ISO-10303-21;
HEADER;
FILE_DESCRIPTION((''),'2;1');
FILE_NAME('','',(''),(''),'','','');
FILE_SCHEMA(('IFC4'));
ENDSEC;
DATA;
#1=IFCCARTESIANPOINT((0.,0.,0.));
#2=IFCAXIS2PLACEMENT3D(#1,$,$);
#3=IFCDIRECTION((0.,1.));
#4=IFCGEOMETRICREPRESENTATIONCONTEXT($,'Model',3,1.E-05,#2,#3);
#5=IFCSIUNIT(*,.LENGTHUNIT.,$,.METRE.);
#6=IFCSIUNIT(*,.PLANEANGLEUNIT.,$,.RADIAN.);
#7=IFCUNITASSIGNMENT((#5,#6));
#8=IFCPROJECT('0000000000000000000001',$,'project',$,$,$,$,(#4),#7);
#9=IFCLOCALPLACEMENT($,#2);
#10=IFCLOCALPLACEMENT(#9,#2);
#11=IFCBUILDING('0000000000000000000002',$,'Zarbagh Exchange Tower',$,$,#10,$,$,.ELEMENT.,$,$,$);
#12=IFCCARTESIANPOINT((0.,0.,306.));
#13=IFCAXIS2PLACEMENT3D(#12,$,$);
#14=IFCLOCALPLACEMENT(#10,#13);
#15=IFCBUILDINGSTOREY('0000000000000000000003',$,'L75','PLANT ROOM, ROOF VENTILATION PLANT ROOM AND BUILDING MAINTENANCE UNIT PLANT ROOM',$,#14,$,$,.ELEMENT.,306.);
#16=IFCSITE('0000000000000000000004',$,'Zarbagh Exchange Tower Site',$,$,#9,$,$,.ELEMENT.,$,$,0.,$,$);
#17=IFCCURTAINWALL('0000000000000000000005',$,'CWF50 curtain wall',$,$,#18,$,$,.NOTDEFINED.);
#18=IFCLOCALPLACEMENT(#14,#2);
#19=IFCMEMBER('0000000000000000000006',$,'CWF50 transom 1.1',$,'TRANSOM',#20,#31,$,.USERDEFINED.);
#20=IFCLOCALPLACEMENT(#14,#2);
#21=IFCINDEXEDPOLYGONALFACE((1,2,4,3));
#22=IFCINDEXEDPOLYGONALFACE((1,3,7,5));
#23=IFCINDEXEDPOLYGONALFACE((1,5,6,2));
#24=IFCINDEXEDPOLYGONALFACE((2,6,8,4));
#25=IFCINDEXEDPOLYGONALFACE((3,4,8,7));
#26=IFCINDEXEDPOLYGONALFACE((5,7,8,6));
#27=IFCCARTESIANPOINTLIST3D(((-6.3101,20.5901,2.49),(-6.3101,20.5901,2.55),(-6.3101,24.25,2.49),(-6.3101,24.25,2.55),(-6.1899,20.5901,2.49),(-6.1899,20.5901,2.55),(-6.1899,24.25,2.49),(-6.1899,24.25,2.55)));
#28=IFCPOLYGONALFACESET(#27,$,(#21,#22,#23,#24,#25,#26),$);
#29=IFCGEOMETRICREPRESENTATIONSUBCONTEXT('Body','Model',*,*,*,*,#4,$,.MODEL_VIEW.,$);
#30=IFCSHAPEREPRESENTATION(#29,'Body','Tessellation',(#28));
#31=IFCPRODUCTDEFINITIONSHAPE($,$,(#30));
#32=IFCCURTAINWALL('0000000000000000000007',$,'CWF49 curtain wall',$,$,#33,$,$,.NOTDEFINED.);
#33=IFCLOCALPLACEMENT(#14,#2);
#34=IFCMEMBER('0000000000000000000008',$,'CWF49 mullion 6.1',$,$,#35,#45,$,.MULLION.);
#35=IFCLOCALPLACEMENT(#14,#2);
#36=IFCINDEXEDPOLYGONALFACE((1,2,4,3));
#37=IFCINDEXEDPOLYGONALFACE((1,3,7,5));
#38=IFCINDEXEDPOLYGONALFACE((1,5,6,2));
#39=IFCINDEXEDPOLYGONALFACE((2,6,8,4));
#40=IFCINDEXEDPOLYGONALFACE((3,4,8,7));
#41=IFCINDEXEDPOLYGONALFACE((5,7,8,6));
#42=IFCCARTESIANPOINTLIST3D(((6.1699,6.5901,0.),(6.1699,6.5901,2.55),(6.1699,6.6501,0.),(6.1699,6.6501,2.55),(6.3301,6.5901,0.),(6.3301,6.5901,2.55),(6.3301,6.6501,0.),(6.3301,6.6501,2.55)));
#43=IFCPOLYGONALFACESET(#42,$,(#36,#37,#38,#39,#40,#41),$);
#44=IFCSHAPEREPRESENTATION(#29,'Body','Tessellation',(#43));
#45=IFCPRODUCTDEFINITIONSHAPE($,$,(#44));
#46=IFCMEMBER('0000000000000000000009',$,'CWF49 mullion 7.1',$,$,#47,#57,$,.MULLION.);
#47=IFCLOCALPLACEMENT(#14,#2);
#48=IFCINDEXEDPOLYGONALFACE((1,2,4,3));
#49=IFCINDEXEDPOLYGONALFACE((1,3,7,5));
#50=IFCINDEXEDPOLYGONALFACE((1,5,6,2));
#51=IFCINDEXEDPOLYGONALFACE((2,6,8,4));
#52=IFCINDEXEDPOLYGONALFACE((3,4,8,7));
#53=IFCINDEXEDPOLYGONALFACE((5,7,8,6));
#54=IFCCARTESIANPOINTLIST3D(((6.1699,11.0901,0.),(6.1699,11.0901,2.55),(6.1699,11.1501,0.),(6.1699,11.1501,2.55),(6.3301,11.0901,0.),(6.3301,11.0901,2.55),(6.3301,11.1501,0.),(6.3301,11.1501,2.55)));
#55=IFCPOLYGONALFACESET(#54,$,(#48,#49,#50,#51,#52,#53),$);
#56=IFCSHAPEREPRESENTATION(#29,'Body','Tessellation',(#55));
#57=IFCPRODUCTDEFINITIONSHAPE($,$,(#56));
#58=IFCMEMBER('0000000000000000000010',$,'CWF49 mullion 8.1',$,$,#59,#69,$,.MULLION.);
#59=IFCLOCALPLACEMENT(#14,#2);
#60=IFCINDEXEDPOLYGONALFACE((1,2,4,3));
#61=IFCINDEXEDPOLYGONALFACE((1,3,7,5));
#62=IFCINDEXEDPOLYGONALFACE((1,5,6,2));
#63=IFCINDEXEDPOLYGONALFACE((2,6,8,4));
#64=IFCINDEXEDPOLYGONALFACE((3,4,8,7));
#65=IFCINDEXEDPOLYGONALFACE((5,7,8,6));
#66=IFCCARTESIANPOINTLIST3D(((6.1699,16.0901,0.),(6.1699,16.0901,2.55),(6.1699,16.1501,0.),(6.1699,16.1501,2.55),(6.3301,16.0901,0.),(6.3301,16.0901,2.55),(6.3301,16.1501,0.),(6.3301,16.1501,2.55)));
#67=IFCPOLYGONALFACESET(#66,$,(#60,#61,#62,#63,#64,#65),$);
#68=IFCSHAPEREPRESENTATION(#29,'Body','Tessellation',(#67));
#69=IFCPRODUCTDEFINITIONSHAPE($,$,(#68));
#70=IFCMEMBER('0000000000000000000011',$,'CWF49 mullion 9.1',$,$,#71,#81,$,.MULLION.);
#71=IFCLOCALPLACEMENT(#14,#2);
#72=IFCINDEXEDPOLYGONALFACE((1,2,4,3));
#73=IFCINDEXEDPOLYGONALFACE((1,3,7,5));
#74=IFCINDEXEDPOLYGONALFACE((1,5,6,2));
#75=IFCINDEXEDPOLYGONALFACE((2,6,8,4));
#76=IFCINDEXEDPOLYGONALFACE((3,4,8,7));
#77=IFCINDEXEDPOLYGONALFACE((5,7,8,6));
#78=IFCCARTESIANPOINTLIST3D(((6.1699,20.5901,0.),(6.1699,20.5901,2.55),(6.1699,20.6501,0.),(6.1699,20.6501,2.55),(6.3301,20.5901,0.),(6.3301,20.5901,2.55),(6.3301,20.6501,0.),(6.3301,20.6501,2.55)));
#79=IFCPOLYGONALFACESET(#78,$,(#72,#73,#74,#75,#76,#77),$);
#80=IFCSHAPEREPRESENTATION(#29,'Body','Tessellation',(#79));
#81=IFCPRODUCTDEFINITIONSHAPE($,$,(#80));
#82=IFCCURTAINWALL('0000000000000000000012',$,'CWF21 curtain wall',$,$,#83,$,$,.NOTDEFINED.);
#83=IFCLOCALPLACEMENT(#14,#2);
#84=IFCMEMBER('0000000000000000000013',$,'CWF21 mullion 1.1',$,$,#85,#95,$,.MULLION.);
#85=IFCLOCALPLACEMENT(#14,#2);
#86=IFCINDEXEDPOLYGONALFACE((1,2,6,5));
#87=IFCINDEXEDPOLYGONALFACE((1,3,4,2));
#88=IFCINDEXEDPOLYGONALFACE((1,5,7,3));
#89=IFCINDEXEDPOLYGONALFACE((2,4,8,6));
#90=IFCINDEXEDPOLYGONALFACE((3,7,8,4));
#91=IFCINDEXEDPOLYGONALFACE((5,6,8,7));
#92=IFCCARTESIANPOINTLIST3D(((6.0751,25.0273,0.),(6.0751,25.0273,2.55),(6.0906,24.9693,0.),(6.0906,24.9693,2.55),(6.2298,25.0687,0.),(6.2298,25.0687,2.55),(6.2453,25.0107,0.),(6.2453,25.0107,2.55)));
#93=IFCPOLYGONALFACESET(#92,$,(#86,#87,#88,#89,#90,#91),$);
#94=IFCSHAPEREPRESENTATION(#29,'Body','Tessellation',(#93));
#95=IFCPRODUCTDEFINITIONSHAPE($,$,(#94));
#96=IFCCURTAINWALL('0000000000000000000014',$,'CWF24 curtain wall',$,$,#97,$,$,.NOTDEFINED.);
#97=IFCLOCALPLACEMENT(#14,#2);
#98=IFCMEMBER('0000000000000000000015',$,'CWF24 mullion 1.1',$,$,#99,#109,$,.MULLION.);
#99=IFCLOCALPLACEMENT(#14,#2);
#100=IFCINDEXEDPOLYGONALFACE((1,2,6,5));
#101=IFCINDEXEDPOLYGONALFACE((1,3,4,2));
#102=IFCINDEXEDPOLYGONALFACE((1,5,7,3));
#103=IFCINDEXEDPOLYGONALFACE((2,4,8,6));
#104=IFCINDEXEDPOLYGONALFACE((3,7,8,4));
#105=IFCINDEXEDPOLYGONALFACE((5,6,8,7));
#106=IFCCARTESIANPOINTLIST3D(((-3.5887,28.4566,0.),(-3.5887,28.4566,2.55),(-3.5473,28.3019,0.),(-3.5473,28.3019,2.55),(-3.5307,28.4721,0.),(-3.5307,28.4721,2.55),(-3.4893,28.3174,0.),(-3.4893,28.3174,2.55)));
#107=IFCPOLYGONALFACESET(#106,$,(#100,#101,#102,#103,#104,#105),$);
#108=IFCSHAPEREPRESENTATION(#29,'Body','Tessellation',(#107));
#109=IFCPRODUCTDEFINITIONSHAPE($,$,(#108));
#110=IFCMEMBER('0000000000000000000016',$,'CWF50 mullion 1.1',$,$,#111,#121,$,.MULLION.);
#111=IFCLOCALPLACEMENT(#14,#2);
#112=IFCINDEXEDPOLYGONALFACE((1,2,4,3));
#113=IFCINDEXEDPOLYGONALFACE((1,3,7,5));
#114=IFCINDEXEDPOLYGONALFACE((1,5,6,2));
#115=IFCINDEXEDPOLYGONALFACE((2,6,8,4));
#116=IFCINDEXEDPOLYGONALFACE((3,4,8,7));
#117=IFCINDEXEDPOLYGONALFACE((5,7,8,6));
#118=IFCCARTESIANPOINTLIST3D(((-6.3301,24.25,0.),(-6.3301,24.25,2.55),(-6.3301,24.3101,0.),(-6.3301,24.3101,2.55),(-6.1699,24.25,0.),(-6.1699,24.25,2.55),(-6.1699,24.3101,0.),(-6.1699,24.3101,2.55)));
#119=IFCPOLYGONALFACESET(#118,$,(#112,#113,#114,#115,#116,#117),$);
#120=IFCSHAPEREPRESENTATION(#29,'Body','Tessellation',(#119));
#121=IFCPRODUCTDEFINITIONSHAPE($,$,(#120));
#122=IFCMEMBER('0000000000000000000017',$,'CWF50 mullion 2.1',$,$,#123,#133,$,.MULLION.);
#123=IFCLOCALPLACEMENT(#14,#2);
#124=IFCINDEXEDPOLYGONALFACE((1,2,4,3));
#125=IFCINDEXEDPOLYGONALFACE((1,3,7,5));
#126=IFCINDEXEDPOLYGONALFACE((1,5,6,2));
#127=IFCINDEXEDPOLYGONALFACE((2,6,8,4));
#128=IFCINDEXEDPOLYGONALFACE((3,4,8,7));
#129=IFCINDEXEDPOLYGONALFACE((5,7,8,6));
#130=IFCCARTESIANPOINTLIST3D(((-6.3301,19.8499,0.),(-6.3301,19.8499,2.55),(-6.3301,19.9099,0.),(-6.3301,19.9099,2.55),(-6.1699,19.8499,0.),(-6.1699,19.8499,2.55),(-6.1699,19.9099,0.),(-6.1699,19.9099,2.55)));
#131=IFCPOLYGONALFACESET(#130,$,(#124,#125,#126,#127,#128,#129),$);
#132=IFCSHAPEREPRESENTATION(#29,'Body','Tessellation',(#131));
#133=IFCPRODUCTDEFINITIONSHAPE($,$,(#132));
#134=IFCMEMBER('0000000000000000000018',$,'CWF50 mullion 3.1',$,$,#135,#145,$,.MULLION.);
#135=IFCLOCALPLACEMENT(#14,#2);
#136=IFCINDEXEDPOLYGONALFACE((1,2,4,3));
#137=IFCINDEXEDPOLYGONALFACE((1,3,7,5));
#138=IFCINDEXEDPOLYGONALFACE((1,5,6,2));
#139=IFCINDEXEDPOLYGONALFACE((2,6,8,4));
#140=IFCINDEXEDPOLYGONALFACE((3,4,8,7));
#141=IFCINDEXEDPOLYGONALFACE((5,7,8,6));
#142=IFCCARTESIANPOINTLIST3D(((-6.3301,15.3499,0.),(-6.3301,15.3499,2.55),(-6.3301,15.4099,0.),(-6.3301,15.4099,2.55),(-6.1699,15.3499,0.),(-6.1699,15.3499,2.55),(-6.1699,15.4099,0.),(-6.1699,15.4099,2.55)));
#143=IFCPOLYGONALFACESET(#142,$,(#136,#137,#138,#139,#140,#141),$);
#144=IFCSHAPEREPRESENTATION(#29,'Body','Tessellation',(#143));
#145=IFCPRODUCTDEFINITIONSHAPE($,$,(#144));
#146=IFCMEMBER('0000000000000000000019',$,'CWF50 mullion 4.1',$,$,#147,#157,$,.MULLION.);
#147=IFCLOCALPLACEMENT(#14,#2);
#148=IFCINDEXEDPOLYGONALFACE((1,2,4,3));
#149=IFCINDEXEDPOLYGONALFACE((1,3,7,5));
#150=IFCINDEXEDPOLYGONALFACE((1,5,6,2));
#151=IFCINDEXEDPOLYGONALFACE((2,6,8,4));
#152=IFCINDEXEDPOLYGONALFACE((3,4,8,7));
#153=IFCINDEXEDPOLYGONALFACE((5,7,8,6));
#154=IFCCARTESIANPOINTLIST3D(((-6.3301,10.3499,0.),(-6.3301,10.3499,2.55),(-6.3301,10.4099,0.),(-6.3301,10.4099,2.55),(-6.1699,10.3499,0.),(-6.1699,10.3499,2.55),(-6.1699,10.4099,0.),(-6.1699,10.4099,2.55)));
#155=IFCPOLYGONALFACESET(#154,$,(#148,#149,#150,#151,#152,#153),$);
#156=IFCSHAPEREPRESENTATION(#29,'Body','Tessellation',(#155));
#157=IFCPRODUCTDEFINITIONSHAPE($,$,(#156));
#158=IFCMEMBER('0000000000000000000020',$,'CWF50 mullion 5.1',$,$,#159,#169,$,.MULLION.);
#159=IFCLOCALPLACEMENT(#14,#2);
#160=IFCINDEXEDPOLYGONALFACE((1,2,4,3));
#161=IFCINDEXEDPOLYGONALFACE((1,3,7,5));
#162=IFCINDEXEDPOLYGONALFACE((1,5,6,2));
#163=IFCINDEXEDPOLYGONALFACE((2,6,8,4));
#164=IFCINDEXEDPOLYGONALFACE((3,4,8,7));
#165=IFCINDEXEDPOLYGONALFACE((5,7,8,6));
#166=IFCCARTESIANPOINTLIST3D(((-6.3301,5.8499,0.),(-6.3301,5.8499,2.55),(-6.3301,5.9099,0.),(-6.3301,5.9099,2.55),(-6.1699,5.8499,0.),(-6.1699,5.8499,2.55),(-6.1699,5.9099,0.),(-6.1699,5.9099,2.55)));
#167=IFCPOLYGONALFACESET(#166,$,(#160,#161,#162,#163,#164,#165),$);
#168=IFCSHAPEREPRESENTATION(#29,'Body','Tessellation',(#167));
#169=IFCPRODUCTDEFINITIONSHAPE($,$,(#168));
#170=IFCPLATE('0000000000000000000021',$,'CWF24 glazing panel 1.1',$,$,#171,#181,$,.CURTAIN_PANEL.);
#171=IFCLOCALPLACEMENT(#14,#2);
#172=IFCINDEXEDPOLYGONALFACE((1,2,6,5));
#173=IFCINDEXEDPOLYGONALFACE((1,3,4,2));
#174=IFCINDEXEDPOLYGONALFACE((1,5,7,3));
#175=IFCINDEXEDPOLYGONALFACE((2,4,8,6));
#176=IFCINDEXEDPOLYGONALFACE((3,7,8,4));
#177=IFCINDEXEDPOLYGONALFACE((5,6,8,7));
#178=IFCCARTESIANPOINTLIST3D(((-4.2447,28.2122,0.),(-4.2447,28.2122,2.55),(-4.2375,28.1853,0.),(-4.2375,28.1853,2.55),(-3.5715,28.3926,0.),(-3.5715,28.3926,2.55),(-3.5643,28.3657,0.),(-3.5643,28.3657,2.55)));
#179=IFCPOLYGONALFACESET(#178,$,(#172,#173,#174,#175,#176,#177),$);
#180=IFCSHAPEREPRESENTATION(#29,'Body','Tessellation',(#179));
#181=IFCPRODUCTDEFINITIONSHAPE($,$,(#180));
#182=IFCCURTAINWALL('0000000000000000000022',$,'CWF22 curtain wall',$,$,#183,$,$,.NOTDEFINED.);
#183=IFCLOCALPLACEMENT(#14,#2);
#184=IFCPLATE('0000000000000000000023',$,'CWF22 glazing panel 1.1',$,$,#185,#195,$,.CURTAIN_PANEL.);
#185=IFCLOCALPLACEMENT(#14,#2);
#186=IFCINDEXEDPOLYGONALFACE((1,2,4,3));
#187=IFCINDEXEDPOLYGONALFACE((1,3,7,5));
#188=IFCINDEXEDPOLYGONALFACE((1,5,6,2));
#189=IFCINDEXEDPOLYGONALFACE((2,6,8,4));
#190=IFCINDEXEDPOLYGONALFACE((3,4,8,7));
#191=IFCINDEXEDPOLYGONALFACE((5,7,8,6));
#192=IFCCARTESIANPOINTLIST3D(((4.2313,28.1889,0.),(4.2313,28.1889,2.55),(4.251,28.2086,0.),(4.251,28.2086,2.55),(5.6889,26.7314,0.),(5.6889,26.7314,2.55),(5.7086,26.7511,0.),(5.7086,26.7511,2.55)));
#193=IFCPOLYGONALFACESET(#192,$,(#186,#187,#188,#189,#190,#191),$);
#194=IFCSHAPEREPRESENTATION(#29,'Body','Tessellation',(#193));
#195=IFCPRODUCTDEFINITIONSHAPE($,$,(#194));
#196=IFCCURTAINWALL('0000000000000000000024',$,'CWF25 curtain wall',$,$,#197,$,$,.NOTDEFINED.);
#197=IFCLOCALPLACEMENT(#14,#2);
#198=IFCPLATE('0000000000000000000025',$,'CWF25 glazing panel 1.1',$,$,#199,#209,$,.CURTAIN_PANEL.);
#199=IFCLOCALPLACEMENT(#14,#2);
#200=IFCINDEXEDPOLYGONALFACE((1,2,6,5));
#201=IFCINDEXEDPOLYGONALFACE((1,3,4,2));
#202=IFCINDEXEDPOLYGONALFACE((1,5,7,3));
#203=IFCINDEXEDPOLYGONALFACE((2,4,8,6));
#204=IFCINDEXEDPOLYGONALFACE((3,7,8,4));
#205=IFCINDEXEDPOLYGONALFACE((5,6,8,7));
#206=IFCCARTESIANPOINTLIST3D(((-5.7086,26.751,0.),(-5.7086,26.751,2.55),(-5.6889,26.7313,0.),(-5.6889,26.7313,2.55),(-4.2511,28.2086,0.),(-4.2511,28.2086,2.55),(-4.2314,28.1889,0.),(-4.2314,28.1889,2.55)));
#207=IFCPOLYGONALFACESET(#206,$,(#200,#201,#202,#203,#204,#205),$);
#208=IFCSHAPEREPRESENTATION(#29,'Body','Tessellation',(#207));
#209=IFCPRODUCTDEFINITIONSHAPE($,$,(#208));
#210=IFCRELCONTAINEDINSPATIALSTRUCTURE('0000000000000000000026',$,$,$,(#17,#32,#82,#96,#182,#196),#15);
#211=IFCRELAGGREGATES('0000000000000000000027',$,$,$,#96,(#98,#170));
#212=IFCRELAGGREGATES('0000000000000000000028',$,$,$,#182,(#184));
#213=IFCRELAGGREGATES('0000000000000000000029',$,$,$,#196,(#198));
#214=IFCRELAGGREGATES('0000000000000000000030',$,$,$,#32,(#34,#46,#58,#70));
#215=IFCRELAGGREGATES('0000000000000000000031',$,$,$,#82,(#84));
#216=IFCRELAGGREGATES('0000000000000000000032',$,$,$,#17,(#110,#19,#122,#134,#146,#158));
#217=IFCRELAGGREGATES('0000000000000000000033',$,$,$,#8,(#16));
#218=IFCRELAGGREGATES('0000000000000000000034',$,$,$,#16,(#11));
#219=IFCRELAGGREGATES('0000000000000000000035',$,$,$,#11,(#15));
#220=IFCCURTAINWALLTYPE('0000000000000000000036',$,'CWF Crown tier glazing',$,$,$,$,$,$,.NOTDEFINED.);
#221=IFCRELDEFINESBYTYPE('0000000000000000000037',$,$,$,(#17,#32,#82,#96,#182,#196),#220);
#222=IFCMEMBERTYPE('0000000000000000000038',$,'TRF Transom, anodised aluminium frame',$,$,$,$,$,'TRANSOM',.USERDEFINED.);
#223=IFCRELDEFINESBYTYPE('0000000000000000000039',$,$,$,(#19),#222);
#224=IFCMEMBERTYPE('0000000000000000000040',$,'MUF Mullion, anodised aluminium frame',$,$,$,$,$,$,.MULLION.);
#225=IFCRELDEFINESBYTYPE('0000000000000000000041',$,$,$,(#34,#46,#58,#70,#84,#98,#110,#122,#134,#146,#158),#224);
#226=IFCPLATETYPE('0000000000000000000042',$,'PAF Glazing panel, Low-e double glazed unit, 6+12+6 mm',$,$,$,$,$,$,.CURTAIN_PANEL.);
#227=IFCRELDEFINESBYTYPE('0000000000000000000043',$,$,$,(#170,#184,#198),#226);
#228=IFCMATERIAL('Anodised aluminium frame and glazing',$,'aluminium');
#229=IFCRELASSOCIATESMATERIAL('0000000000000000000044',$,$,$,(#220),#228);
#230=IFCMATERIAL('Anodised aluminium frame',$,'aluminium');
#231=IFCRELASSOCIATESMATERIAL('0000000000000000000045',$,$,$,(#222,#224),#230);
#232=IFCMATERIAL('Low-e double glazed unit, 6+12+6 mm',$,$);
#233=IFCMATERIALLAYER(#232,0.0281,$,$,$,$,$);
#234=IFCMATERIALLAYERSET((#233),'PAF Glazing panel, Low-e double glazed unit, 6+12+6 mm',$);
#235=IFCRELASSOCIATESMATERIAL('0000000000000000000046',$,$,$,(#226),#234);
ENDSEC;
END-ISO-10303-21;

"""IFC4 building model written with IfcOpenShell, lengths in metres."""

from ifc_helpers import new_model, si_unit, direction, frame, origin, place, context, subcontext, project, spatial, polyline, outline, extrude, source, transform, mapped, material, layer, layer_set, type_object, element, aggregate, save


model = new_model("IFC4")

# Units and contexts
model_context = context("Model", 3, precision=1e-05, world=origin(), true_north=direction((0.0, 1.0)))
body_context = subcontext(model_context, "Body", "Model", "MODEL_VIEW")
ifc_project = project(units=[si_unit("LENGTHUNIT", "METRE"), si_unit("PLANEANGLEUNIT", "RADIAN")], contexts=[model_context])

# Site, building, storey
site_placement = place(None, origin())
site = spatial("IfcSite", under=ifc_project, at=site_placement, Name="Zarbagh Exchange Tower Site", CompositionType="ELEMENT", RefElevation=0.0)
building_placement = place(site_placement, origin())
building = spatial("IfcBuilding", under=site, at=building_placement, Name="Zarbagh Exchange Tower", CompositionType="ELEMENT")
storey_placement = place(building_placement, frame((0.0, 0.0, 306.0)))
storey = spatial("IfcBuildingStorey", under=building, at=storey_placement, Name="L75", Description="PLANT ROOM, ROOF VENTILATION PLANT ROOM AND BUILDING MAINTENANCE UNIT PLANT ROOM", CompositionType="ELEMENT", Elevation=306.0)

# Curtain wall, member
ifc_material_1 = material(Name="Anodised aluminium frame and glazing", Category="aluminium")
curtain_wall_type = type_object("IfcCurtainWallType", Name="CWF Crown tier glazing", PredefinedType="NOTDEFINED", material=ifc_material_1)
curtain_wall_1_placement = place(storey_placement, origin())
curtain_wall_1 = element("IfcCurtainWall", 1, at=curtain_wall_1_placement, inside=storey, type_object=curtain_wall_type, Name="CWF50 curtain wall", PredefinedType="NOTDEFINED")
ifc_material_2 = material(Name="Anodised aluminium frame", Category="aluminium")
member_type_1 = type_object("IfcMemberType", Name="TRF Transom, anodised aluminium frame", ElementType="TRANSOM", PredefinedType="USERDEFINED", material=ifc_material_2)
shared_shape_1 = source(origin(), body_context, "Body", "SweptSolid", [
    extrude(outline(polyline([(-0.0601, -0.0601), (0.0, -0.0601), (0.0, 0.0601), (-0.0601, 0.0601), (-0.0601, -0.0601)])), origin(), (0.0, 0.0, 1.0), 3.6599),
])
placement = place(storey_placement, origin())
member_1 = element("IfcMember", 2, at=placement, type_object=member_type_1, Name="CWF50 transom 1.1", ObjectType="TRANSOM", PredefinedType="USERDEFINED", context=body_context, shape_type="MappedRepresentation", body=[
    mapped(shared_shape_1, transform((-6.25, 24.25, 2.55), x_axis=(0.0, 0.0, 1.0), y_axis=(-1.0, 0.0, 0.0), z_axis=(0.0, -1.0, 0.0))),
])

# Curtain wall, members
curtain_wall_2_placement = place(storey_placement, origin())
curtain_wall_2 = element("IfcCurtainWall", 3, at=curtain_wall_2_placement, inside=storey, type_object=curtain_wall_type, Name="CWF49 curtain wall", PredefinedType="NOTDEFINED")
member_type_2 = type_object("IfcMemberType", Name="MUF Mullion, anodised aluminium frame", PredefinedType="MULLION", material=ifc_material_2)
shared_shape_2 = source(origin(), body_context, "Body", "SweptSolid", [
    extrude(outline(polyline([(0.0, -0.0801), (0.0601, -0.0801), (0.0601, 0.0801), (0.0, 0.0801), (0.0, -0.0801)])), origin(), (0.0, 0.0, 1.0), 2.55),
])
member_2 = element("IfcMember", 4, at=placement, type_object=member_type_2, Name="CWF49 mullion 6.1", PredefinedType="MULLION", context=body_context, shape_type="MappedRepresentation", body=[
    mapped(shared_shape_2, transform((6.25, 6.5901, 0.0), x_axis=(0.0, 1.0, 0.0), y_axis=(-1.0, 0.0, 0.0), z_axis=(0.0, 0.0, 1.0))),
])
member_3 = element("IfcMember", 5, at=placement, type_object=member_type_2, Name="CWF49 mullion 7.1", PredefinedType="MULLION", context=body_context, shape_type="MappedRepresentation", body=[
    mapped(shared_shape_2, transform((6.25, 11.0901, 0.0), x_axis=(0.0, 1.0, 0.0), y_axis=(-1.0, 0.0, 0.0), z_axis=(0.0, 0.0, 1.0))),
])
member_4 = element("IfcMember", 6, at=placement, type_object=member_type_2, Name="CWF49 mullion 8.1", PredefinedType="MULLION", context=body_context, shape_type="MappedRepresentation", body=[
    mapped(shared_shape_2, transform((6.25, 16.0901, 0.0), x_axis=(0.0, 1.0, 0.0), y_axis=(-1.0, 0.0, 0.0), z_axis=(0.0, 0.0, 1.0))),
])
member_5 = element("IfcMember", 7, at=placement, type_object=member_type_2, Name="CWF49 mullion 9.1", PredefinedType="MULLION", context=body_context, shape_type="MappedRepresentation", body=[
    mapped(shared_shape_2, transform((6.25, 20.5901, 0.0), x_axis=(0.0, 1.0, 0.0), y_axis=(-1.0, 0.0, 0.0), z_axis=(0.0, 0.0, 1.0))),
])

# Curtain walls, members
curtain_wall_3_placement = place(storey_placement, origin())
curtain_wall_3 = element("IfcCurtainWall", 8, at=curtain_wall_3_placement, inside=storey, type_object=curtain_wall_type, Name="CWF21 curtain wall", PredefinedType="NOTDEFINED")
member_6 = element("IfcMember", 9, at=placement, type_object=member_type_2, Name="CWF21 mullion 1.1", PredefinedType="MULLION", context=body_context, shape_type="MappedRepresentation", body=[
    mapped(shared_shape_2, transform((6.168, 24.99, 0.0), x_axis=(-0.258825, 0.965924, 0.0), y_axis=(-0.965924, -0.258825, 0.0), z_axis=(0.0, 0.0, 1.0))),
])
curtain_wall_4_placement = place(storey_placement, origin())
curtain_wall_4 = element("IfcCurtainWall", 10, at=curtain_wall_4_placement, inside=storey, type_object=curtain_wall_type, Name="CWF24 curtain wall", PredefinedType="NOTDEFINED")
member_7 = element("IfcMember", 11, at=placement, type_object=member_type_2, Name="CWF24 mullion 1.1", PredefinedType="MULLION", context=body_context, shape_type="MappedRepresentation", body=[
    mapped(shared_shape_2, transform((-3.51, 28.3948, 0.0), x_axis=(-0.965924, -0.258825, 0.0), y_axis=(0.258825, -0.965924, 0.0), z_axis=(0.0, 0.0, 1.0))),
])

# Members
member_8 = element("IfcMember", 12, at=placement, type_object=member_type_2, Name="CWF50 mullion 1.1", PredefinedType="MULLION", context=body_context, shape_type="MappedRepresentation", body=[
    mapped(shared_shape_2, transform((-6.25, 24.3101, 0.0), x_axis=(0.0, -1.0, 0.0), y_axis=(1.0, 0.0, 0.0), z_axis=(0.0, 0.0, 1.0))),
])
member_9 = element("IfcMember", 13, at=placement, type_object=member_type_2, Name="CWF50 mullion 2.1", PredefinedType="MULLION", context=body_context, shape_type="MappedRepresentation", body=[
    mapped(shared_shape_2, transform((-6.25, 19.9099, 0.0), x_axis=(0.0, -1.0, 0.0), y_axis=(1.0, 0.0, 0.0), z_axis=(0.0, 0.0, 1.0))),
])
member_10 = element("IfcMember", 14, at=placement, type_object=member_type_2, Name="CWF50 mullion 3.1", PredefinedType="MULLION", context=body_context, shape_type="MappedRepresentation", body=[
    mapped(shared_shape_2, transform((-6.25, 15.4099, 0.0), x_axis=(0.0, -1.0, 0.0), y_axis=(1.0, 0.0, 0.0), z_axis=(0.0, 0.0, 1.0))),
])
member_11 = element("IfcMember", 15, at=placement, type_object=member_type_2, Name="CWF50 mullion 4.1", PredefinedType="MULLION", context=body_context, shape_type="MappedRepresentation", body=[
    mapped(shared_shape_2, transform((-6.25, 10.4099, 0.0), x_axis=(0.0, -1.0, 0.0), y_axis=(1.0, 0.0, 0.0), z_axis=(0.0, 0.0, 1.0))),
])
member_12 = element("IfcMember", 16, at=placement, type_object=member_type_2, Name="CWF50 mullion 5.1", PredefinedType="MULLION", context=body_context, shape_type="MappedRepresentation", body=[
    mapped(shared_shape_2, transform((-6.25, 5.9099, 0.0), x_axis=(0.0, -1.0, 0.0), y_axis=(1.0, 0.0, 0.0), z_axis=(0.0, 0.0, 1.0))),
])

# Plate
ifc_material_3 = material(Name="Low-e double glazed unit, 6+12+6 mm")
ifc_layer = layer(ifc_material_3, 0.0281)
ifc_layer_set = layer_set([ifc_layer], Name="PAF Glazing panel, Low-e double glazed unit, 6+12+6 mm")
plate_type = type_object("IfcPlateType", Name="PAF Glazing panel, Low-e double glazed unit, 6+12+6 mm", PredefinedType="CURTAIN_PANEL", material=ifc_layer_set)
shared_shape_3 = source(origin(), body_context, "Body", "SweptSolid", [
    extrude(outline(polyline([(0.0, -0.0139), (0.697, -0.0139), (0.697, 0.0139), (0.0, 0.0139), (0.0, -0.0139)])), origin(), (0.0, 0.0, 1.0), 2.55),
])
plate_1 = element("IfcPlate", 17, at=placement, type_object=plate_type, Name="CWF24 glazing panel 1.1", PredefinedType="CURTAIN_PANEL", context=body_context, shape_type="MappedRepresentation", body=[
    mapped(shared_shape_3, transform((-3.5679, 28.3792, 0.0), x_axis=(-0.965924, -0.258825, 0.0), y_axis=(0.258825, -0.965924, 0.0), z_axis=(0.0, 0.0, 1.0))),
])
aggregate(curtain_wall_4, [member_7, plate_1])

# Curtain walls, plates
curtain_wall_5_placement = place(storey_placement, origin())
curtain_wall_5 = element("IfcCurtainWall", 18, at=curtain_wall_5_placement, inside=storey, type_object=curtain_wall_type, Name="CWF22 curtain wall", PredefinedType="NOTDEFINED")
shared_shape_4 = source(origin(), body_context, "Body", "SweptSolid", [
    extrude(outline(polyline([(0.0, -0.0139), (2.0613, -0.0139), (2.0613, 0.0139), (0.0, 0.0139), (0.0, -0.0139)])), origin(), (0.0, 0.0, 1.0), 2.55),
])
plate_2 = element("IfcPlate", 19, at=placement, type_object=plate_type, Name="CWF22 glazing panel 1.1", PredefinedType="CURTAIN_PANEL", context=body_context, shape_type="MappedRepresentation", body=[
    mapped(shared_shape_4, transform((5.6987, 26.7412, 0.0), x_axis=(-0.707107, 0.707107, 0.0), y_axis=(-0.707107, -0.707107, 0.0), z_axis=(0.0, 0.0, 1.0))),
])
aggregate(curtain_wall_5, [plate_2])
curtain_wall_6_placement = place(storey_placement, origin())
curtain_wall_6 = element("IfcCurtainWall", 20, at=curtain_wall_6_placement, inside=storey, type_object=curtain_wall_type, Name="CWF25 curtain wall", PredefinedType="NOTDEFINED")
plate_3 = element("IfcPlate", 21, at=placement, type_object=plate_type, Name="CWF25 glazing panel 1.1", PredefinedType="CURTAIN_PANEL", context=body_context, shape_type="MappedRepresentation", body=[
    mapped(shared_shape_4, transform((-4.2412, 28.1987, 0.0), x_axis=(-0.707107, -0.707107, 0.0), y_axis=(0.707107, -0.707107, 0.0), z_axis=(0.0, 0.0, 1.0))),
])
aggregate(curtain_wall_6, [plate_3])

aggregate(curtain_wall_2, [member_2, member_3, member_4, member_5])
aggregate(curtain_wall_3, [member_6])

aggregate(curtain_wall_1, [member_8, member_1, member_9, member_10, member_11, member_12])

save(model, "model.ifc")
